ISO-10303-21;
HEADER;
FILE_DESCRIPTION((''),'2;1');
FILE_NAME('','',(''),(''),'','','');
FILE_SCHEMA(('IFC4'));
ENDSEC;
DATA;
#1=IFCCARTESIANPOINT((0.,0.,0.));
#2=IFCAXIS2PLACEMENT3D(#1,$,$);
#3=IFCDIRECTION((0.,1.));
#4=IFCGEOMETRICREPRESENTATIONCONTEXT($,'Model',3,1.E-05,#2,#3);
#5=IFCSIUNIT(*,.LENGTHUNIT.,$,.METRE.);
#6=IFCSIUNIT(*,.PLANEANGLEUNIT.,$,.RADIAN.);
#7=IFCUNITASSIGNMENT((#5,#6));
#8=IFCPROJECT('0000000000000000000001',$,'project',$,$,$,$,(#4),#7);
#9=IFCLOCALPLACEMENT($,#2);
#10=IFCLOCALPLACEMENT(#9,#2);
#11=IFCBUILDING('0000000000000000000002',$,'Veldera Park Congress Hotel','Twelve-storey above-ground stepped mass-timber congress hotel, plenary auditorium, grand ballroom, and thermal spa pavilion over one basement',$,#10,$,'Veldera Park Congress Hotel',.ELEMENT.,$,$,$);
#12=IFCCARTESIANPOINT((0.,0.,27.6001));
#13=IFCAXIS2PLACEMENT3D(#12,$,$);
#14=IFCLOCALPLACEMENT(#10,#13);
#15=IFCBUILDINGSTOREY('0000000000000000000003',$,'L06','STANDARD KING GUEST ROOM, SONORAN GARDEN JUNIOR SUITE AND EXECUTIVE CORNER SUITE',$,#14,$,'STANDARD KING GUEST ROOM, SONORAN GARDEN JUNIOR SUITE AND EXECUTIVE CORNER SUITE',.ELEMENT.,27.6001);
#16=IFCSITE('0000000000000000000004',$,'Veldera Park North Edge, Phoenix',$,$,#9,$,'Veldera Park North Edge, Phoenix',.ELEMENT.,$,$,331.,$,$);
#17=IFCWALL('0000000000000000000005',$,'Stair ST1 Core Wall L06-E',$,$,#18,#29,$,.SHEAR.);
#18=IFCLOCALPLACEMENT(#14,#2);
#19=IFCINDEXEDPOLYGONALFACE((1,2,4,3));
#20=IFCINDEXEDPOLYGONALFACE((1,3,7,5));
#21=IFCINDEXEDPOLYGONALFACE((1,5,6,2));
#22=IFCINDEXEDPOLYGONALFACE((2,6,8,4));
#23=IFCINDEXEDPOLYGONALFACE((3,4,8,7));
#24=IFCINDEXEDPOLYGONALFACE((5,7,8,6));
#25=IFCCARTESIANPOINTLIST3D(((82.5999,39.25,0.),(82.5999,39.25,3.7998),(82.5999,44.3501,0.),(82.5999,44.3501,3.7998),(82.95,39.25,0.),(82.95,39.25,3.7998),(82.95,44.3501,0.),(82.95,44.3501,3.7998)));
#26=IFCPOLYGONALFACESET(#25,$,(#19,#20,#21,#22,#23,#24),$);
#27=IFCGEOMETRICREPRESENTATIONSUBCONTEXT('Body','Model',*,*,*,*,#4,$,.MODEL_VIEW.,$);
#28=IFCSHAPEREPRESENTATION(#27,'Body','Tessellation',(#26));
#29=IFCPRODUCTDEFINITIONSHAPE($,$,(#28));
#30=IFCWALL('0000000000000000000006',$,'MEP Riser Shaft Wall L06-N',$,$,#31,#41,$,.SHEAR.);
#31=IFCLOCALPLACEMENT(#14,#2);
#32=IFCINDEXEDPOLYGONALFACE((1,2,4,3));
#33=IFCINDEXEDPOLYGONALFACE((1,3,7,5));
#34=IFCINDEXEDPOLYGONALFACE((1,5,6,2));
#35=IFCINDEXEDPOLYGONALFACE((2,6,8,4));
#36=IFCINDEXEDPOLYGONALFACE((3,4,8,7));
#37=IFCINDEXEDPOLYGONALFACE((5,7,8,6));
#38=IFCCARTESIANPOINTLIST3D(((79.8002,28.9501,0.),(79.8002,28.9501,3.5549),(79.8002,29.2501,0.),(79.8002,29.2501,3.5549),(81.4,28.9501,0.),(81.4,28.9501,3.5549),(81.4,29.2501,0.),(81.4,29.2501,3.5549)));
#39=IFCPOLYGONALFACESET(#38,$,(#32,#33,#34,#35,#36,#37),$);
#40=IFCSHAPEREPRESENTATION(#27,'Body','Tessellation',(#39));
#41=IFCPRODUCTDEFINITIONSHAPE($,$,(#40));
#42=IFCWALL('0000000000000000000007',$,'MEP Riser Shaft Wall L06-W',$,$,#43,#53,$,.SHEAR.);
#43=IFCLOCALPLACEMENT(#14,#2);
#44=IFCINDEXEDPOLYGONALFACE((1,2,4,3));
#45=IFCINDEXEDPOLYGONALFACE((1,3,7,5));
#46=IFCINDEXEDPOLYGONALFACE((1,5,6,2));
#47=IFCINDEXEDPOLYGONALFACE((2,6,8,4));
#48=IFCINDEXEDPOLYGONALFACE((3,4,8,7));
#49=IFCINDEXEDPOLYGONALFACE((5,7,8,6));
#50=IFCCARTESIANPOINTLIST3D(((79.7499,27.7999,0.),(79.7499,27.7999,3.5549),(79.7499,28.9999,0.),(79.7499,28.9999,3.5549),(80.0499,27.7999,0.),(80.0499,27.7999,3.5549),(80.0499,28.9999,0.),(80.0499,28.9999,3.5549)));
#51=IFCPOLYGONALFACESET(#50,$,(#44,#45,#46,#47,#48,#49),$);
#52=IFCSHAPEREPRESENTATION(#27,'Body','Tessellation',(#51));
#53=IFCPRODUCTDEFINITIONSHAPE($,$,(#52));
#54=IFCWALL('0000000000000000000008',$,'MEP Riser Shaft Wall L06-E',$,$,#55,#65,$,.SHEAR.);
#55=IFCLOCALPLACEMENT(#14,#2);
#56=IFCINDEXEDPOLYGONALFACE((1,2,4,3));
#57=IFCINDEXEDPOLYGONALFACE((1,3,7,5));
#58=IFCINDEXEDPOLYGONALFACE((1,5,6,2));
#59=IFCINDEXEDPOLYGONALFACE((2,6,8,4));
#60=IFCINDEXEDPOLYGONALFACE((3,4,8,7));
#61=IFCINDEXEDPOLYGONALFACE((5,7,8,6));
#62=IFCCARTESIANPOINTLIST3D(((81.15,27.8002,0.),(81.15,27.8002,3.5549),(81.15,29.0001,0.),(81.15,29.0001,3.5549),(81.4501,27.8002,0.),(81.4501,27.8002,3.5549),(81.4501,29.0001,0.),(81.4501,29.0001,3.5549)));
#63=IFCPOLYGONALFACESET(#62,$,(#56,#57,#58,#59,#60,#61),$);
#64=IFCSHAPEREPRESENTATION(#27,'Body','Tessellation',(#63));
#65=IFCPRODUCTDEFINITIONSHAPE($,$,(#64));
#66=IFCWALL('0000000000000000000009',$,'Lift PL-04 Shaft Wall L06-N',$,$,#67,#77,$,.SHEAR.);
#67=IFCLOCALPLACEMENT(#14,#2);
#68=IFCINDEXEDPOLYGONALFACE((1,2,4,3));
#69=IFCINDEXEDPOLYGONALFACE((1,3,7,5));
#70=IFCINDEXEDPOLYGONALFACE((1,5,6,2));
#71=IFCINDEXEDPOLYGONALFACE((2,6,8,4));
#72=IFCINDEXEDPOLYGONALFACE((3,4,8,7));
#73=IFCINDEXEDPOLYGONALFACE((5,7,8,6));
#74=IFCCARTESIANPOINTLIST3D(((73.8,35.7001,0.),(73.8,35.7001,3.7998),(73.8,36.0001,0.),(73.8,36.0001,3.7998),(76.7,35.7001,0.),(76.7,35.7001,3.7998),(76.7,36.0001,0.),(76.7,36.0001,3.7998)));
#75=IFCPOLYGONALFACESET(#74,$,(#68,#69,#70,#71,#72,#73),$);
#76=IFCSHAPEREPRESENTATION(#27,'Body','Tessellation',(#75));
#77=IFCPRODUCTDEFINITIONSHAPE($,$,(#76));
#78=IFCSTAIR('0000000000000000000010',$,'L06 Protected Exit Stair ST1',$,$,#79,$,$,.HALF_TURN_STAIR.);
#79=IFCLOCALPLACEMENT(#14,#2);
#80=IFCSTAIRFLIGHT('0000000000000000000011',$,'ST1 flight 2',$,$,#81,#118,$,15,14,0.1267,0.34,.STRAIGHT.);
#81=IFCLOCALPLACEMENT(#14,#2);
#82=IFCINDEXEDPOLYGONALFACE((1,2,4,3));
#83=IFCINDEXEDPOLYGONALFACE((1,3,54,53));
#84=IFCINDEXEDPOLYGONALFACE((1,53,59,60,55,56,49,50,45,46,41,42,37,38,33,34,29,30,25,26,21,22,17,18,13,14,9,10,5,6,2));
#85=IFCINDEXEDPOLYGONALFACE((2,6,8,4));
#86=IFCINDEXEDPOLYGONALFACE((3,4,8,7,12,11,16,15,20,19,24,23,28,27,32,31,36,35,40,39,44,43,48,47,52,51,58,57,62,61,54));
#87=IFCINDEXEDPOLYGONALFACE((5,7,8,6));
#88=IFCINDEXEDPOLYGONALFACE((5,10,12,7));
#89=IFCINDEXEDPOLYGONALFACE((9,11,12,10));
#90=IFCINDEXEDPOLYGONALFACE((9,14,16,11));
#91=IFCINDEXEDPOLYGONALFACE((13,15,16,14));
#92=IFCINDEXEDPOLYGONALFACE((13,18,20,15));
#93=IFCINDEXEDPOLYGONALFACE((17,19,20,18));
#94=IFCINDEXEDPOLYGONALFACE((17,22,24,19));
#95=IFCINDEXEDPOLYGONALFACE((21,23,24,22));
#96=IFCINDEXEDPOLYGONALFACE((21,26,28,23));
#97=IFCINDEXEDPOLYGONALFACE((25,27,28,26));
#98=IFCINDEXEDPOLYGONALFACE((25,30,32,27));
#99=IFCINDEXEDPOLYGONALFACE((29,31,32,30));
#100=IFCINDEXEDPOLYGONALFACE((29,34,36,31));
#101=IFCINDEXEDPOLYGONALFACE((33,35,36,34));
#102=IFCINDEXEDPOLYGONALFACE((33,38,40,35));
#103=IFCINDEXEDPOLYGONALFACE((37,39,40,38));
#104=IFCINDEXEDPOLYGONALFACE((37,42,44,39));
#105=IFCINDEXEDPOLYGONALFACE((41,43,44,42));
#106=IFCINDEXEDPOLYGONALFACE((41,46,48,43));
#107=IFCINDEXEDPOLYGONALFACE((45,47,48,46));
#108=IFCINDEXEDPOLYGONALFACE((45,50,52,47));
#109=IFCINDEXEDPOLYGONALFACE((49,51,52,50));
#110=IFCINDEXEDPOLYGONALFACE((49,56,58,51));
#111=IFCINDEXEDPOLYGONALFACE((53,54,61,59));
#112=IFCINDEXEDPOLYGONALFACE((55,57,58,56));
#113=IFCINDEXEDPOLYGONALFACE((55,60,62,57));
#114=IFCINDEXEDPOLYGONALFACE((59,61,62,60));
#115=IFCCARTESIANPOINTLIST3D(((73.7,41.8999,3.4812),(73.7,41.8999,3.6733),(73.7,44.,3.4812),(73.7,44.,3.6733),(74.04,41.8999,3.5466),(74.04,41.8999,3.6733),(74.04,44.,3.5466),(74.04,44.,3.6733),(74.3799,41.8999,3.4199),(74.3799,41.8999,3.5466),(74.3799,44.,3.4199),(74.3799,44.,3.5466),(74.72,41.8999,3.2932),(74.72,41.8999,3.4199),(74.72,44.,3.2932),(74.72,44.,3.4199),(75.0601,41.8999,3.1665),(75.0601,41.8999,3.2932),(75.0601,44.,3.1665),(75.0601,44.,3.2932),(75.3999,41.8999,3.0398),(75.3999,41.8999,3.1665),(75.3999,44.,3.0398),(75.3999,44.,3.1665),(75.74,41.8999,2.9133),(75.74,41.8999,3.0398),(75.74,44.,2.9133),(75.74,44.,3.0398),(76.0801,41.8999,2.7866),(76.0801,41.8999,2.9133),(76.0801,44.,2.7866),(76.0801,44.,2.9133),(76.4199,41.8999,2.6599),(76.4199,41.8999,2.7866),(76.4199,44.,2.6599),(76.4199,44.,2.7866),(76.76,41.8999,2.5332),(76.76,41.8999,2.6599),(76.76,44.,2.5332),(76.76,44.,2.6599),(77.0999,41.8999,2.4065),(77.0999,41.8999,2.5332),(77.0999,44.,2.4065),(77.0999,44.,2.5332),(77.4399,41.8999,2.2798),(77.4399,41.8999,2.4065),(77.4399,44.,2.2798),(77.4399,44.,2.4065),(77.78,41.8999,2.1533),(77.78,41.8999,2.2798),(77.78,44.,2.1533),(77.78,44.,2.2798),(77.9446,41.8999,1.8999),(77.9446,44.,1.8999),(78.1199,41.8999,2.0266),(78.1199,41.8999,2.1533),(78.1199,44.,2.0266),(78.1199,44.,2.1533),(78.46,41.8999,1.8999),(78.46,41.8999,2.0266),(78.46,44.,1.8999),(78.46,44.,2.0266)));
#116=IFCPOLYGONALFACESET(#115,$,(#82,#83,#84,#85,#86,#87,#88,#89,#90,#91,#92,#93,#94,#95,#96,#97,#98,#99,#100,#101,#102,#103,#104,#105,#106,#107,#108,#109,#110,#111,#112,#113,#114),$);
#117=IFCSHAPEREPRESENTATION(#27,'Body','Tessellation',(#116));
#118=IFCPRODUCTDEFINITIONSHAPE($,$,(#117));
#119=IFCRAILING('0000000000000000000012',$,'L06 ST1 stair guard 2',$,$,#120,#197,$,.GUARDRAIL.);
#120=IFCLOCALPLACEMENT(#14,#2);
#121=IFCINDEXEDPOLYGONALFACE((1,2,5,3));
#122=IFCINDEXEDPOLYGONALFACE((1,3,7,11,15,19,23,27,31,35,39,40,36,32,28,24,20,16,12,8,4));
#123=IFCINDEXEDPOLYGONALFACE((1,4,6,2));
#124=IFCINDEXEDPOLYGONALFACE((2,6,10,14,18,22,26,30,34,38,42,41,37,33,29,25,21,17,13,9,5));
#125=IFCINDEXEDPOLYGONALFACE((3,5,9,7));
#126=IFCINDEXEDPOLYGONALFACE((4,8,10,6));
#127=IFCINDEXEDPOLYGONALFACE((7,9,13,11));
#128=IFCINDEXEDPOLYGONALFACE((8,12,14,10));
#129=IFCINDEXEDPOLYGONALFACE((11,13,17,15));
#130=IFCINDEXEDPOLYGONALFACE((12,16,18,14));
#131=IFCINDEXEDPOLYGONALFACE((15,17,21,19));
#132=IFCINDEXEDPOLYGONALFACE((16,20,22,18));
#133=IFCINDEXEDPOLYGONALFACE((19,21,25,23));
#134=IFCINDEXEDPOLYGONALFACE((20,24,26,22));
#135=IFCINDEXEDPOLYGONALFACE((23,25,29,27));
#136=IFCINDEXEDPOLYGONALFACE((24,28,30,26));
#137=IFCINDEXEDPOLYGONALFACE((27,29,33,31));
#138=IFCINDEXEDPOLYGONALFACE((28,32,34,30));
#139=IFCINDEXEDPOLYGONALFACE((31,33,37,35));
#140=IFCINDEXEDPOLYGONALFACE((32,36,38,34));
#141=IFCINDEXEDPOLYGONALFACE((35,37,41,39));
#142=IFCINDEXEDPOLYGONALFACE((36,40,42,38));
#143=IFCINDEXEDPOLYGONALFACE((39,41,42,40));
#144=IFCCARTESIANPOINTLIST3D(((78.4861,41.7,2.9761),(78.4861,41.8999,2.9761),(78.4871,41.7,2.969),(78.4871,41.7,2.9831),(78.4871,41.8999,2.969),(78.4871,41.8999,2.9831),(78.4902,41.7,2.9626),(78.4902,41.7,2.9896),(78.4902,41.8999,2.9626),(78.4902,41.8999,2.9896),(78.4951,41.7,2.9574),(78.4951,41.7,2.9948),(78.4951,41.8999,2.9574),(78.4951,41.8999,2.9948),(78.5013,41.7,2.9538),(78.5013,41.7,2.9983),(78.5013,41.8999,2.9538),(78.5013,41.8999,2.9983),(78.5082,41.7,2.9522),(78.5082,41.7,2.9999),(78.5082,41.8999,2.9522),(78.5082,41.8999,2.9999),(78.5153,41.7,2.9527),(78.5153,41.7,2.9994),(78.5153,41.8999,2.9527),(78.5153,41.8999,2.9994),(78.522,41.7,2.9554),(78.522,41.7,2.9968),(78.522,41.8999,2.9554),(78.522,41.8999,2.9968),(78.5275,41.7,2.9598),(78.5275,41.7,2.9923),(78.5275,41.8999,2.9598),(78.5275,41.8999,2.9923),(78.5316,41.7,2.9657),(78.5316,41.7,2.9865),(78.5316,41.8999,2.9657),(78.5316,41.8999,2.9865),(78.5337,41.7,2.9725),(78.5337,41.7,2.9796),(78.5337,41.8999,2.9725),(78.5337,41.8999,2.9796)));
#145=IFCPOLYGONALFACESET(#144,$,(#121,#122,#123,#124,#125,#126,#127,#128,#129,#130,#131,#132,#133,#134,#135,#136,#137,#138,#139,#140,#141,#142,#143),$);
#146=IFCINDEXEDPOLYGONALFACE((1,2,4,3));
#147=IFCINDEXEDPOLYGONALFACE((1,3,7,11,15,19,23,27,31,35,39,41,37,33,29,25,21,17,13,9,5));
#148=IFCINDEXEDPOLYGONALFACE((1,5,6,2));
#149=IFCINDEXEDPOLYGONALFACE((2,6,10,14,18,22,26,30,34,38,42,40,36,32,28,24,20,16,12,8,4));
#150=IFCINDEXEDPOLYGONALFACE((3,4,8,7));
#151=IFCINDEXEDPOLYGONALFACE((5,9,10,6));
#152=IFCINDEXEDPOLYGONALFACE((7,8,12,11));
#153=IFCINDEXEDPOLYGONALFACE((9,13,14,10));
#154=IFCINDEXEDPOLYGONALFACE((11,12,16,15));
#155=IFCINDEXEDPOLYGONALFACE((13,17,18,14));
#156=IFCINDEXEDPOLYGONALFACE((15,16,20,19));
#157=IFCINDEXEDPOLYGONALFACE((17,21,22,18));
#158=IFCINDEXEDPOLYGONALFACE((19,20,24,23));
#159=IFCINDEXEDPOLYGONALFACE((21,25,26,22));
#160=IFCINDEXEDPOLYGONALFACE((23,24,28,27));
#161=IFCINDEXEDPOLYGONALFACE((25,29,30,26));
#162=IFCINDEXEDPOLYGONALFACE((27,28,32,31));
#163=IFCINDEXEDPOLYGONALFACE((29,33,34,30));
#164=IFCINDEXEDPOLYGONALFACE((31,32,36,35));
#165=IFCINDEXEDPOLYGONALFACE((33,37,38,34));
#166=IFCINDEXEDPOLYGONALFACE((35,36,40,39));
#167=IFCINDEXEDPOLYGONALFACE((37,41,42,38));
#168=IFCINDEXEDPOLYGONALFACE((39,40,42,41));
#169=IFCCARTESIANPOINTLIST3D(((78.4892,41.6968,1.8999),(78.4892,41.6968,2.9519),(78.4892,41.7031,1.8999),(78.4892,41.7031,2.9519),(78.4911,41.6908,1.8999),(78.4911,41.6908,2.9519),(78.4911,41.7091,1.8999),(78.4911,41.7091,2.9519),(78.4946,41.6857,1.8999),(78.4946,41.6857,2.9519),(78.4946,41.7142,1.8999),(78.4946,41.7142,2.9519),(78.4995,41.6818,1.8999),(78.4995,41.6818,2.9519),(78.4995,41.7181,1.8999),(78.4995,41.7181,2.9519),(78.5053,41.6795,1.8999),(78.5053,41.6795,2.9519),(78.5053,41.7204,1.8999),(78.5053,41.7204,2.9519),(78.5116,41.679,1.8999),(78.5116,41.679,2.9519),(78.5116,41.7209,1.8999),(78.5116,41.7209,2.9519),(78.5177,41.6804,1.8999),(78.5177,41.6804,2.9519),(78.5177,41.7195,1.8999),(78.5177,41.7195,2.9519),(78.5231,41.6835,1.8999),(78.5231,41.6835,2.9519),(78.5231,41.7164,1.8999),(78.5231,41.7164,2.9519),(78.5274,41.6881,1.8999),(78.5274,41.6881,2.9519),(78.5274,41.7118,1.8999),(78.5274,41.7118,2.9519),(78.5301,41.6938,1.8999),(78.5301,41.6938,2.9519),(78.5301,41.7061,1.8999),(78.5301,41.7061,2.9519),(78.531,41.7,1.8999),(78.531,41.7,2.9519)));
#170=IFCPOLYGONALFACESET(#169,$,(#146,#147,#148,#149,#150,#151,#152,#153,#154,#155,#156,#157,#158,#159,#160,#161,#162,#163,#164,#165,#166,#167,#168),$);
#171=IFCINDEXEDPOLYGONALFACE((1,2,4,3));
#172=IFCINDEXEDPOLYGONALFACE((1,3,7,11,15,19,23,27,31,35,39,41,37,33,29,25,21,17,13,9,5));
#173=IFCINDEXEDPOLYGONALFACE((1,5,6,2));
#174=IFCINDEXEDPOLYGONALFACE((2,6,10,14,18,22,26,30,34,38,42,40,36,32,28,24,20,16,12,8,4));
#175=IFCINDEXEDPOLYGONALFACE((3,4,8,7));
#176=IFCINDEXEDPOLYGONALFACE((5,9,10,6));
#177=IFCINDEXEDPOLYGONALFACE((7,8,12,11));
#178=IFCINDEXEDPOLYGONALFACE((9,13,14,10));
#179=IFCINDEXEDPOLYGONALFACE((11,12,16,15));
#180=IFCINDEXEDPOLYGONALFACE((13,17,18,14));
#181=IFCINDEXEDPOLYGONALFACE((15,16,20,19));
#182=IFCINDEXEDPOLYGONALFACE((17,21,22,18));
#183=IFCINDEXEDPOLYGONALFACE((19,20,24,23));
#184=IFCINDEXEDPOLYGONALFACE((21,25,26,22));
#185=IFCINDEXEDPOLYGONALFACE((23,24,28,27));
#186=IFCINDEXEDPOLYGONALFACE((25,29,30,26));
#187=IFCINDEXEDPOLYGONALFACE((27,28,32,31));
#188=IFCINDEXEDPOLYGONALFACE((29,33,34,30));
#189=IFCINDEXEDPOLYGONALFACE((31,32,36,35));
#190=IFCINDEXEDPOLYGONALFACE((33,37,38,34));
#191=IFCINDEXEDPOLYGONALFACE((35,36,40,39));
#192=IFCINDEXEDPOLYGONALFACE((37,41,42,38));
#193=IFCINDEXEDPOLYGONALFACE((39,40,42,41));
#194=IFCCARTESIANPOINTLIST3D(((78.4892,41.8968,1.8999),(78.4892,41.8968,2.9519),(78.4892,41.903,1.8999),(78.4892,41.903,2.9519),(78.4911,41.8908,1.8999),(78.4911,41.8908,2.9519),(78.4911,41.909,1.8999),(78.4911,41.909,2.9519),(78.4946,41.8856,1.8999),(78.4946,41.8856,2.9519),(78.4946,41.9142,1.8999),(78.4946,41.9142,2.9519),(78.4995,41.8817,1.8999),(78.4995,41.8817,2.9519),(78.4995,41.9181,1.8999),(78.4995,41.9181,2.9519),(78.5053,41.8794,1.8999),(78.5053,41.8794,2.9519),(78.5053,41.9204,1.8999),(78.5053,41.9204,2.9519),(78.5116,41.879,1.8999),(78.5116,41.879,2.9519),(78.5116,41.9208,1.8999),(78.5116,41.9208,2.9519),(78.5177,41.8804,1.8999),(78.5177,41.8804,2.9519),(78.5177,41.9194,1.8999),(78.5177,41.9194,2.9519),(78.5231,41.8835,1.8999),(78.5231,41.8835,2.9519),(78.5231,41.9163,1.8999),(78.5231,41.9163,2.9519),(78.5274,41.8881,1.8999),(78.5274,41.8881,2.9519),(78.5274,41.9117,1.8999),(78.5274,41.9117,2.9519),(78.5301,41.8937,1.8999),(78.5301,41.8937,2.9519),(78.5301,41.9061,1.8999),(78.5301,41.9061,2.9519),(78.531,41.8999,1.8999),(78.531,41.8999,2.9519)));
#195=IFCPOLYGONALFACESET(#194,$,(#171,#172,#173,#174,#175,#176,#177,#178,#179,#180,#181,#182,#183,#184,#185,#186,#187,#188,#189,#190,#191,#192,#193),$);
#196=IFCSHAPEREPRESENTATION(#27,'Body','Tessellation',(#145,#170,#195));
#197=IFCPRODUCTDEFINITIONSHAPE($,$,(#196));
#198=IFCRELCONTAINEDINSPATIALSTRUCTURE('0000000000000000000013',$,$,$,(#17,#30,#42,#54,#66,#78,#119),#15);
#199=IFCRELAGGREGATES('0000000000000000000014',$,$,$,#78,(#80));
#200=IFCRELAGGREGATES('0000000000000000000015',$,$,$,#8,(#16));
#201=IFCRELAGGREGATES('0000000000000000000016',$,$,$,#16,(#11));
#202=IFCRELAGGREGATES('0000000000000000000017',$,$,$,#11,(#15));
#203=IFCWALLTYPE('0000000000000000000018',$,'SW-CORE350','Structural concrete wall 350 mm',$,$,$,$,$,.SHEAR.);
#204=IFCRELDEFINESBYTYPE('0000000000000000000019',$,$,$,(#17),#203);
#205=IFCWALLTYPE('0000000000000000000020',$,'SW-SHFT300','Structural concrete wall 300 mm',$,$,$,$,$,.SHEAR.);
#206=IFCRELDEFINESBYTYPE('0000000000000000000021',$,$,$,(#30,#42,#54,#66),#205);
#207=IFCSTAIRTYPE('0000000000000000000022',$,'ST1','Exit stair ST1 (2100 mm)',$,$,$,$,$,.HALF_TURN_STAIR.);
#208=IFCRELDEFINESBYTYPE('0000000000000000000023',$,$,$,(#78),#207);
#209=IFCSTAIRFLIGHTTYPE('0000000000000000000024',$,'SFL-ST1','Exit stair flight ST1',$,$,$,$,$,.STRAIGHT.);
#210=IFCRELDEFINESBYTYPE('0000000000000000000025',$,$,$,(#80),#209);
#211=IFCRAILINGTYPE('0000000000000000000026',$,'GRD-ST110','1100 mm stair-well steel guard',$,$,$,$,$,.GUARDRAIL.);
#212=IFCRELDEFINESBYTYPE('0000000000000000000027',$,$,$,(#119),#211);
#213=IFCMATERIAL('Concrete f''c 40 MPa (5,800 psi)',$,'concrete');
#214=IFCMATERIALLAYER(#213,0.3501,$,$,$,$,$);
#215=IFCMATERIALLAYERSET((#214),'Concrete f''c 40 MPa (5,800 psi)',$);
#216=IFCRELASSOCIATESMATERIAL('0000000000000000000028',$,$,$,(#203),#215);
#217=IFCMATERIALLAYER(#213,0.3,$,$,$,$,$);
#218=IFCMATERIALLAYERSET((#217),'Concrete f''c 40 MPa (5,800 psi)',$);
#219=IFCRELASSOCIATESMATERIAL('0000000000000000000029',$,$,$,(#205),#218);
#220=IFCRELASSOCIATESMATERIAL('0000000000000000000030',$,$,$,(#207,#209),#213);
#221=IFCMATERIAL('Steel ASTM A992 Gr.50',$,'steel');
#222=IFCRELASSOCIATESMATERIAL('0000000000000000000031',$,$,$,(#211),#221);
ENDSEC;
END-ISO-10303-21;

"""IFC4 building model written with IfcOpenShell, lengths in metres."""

from ifc_helpers import new_model, si_unit, direction, frame, frame_2d, origin, origin_2d, place, context, subcontext, project, spatial, polyline, rectangle, circle, outline, extrude, material, layer, layer_set, type_object, element, aggregate, save


model = new_model("IFC4")

# Units and contexts
model_context = context("Model", 3, precision=1e-05, world=origin(), true_north=direction((0.0, 1.0)))
body_context = subcontext(model_context, "Body", "Model", "MODEL_VIEW")
ifc_project = project(units=[si_unit("LENGTHUNIT", "METRE"), si_unit("PLANEANGLEUNIT", "RADIAN")], contexts=[model_context])

# Site, building, storey
site_placement = place(None, origin())
site = spatial("IfcSite", under=ifc_project, at=site_placement, Name="Veldera Park North Edge, Phoenix", LongName="Veldera Park North Edge, Phoenix", CompositionType="ELEMENT", RefElevation=331.0)
building_placement = place(site_placement, origin())
building = spatial("IfcBuilding", under=site, at=building_placement, Name="Veldera Park Congress Hotel", Description="Twelve-storey above-ground stepped mass-timber congress hotel, plenary auditorium, grand ballroom, and thermal spa pavilion over one basement", LongName="Veldera Park Congress Hotel", CompositionType="ELEMENT")
storey_placement = place(building_placement, frame((0.0, 0.0, 27.6001)))
storey = spatial("IfcBuildingStorey", under=building, at=storey_placement, Name="L06", Description="STANDARD KING GUEST ROOM, SONORAN GARDEN JUNIOR SUITE AND EXECUTIVE CORNER SUITE", LongName="STANDARD KING GUEST ROOM, SONORAN GARDEN JUNIOR SUITE AND EXECUTIVE CORNER SUITE", CompositionType="ELEMENT", Elevation=27.6001)

# Walls
ifc_material_1 = material(Name="Concrete f'c 40 MPa (5,800 psi)", Category="concrete")
ifc_layer_1 = layer(ifc_material_1, 0.3501)
ifc_layer_set_1 = layer_set([ifc_layer_1], Name="Concrete f'c 40 MPa (5,800 psi)")
wall_type_1 = type_object("IfcWallType", Name="SW-CORE350", Description="Structural concrete wall 350 mm", PredefinedType="SHEAR", material=ifc_layer_set_1)
wall_1_placement = place(storey_placement, frame((82.7749, 39.25, 0.0), z_axis=(0.0, 0.0, 1.0), x_axis=(0.0, 1.0, 0.0)))
element("IfcWall", 1, at=wall_1_placement, inside=storey, type_object=wall_type_1, Name="Stair ST1 Core Wall L06-E", PredefinedType="SHEAR", context=body_context, shape_type="SweptSolid", body=[
    extrude(rectangle(XDim=5.1001, YDim=0.3501, at=frame_2d((2.55, 0.0))), origin(), (0.0, 0.0, 1.0), 3.7998),
])
ifc_layer_2 = layer(ifc_material_1, 0.3)
ifc_layer_set_2 = layer_set([ifc_layer_2], Name="Concrete f'c 40 MPa (5,800 psi)")
wall_type_2 = type_object("IfcWallType", Name="SW-SHFT300", Description="Structural concrete wall 300 mm", PredefinedType="SHEAR", material=ifc_layer_set_2)
wall_2_placement = place(storey_placement, frame((81.3999, 29.1001, 0.0), z_axis=(0.0, 0.0, 1.0), x_axis=(-1.0, 0.0, 0.0)))
element("IfcWall", 2, at=wall_2_placement, inside=storey, type_object=wall_type_2, Name="MEP Riser Shaft Wall L06-N", PredefinedType="SHEAR", context=body_context, shape_type="SweptSolid", body=[
    extrude(rectangle(XDim=1.5999, YDim=0.3, at=frame_2d((0.7998, 0.0))), origin(), (0.0, 0.0, 1.0), 3.5549),
])
for number, where, z_axis, x_axis, name in (
    (3, (79.8999, 29.0, 0.0), (0.0, 0.0, 1.0), (0.0, -1.0, 0.0), "MEP Riser Shaft Wall L06-W"),
    (4, (81.3, 27.8, 0.0), (0.0, 0.0, 1.0), (0.0, 1.0, 0.0), "MEP Riser Shaft Wall L06-E"),
):
    element("IfcWall", number, at=place(storey_placement, frame(where, z_axis=z_axis, x_axis=x_axis)), inside=storey, type_object=wall_type_2, Name=name, PredefinedType="SHEAR", context=body_context, shape_type="SweptSolid", body=[
        extrude(rectangle(XDim=1.2, YDim=0.3, at=frame_2d((0.6001, 0.0))), origin(), (0.0, 0.0, 1.0), 3.5549),
    ])
wall_3_placement = place(storey_placement, frame((76.7, 35.8501, 0.0), z_axis=(0.0, 0.0, 1.0), x_axis=(-1.0, 0.0, 0.0)))
element("IfcWall", 5, at=wall_3_placement, inside=storey, type_object=wall_type_2, Name="Lift PL-04 Shaft Wall L06-N", PredefinedType="SHEAR", context=body_context, shape_type="SweptSolid", body=[
    extrude(rectangle(XDim=2.8999, YDim=0.3, at=frame_2d((1.45, 0.0))), origin(), (0.0, 0.0, 1.0), 3.7998),
])

# Stair, stair flight
stair_type = type_object("IfcStairType", Name="ST1", Description="Exit stair ST1 (2100 mm)", PredefinedType="HALF_TURN_STAIR", material=ifc_material_1)
stair_placement = place(storey_placement, origin())
stair = element("IfcStair", 6, at=stair_placement, inside=storey, type_object=stair_type, Name="L06 Protected Exit Stair ST1", PredefinedType="HALF_TURN_STAIR")
stair_flight_type = type_object("IfcStairFlightType", Name="SFL-ST1", Description="Exit stair flight ST1", PredefinedType="STRAIGHT", material=ifc_material_1)
stair_flight_placement = place(storey_placement, frame((78.46, 42.95, 1.8999), z_axis=(0.0, 0.0, 1.0), x_axis=(-1.0, 0.0, 0.0)))
stair_flight = element("IfcStairFlight", 7, at=stair_flight_placement, type_object=stair_flight_type, Name="ST1 flight 2", NumberOfRisers=15, NumberOfTreads=14, PredefinedType="STRAIGHT", RiserHeight=0.1267, TreadLength=0.34, context=body_context, shape_type="SweptSolid", body=[
    extrude(outline(polyline([(0.0, 0.0), (0.0, 0.1267), (0.3401, 0.1267), (0.3401, 0.2534), (0.6799, 0.2534), (0.6799, 0.3799), (1.02, 0.3799), (1.02, 0.5066), (1.3601, 0.5066), (1.3601, 0.6333), (1.7, 0.6333), (1.7, 0.76), (2.04, 0.76), (2.04, 0.8867), (2.3799, 0.8867), (2.3799, 1.0134), (2.72, 1.0134), (2.72, 1.1399), (3.0601, 1.1399), (3.0601, 1.2666), (3.3999, 1.2666), (3.3999, 1.3933), (3.74, 1.3933), (3.74, 1.52), (4.0801, 1.52), (4.0801, 1.6467), (4.4199, 1.6467), (4.4199, 1.7734), (4.76, 1.7734), (4.76, 1.8999), (4.76, 1.8999), (4.76, 1.5813), (0.5154, 0.0), (0.0, 0.0)])), frame((0.0, 1.05, 0.0), z_axis=(0.0, -1.0, 0.0), x_axis=(1.0, 0.0, 0.0)), (0.0, 0.0, 1.0), 2.1001),
])
aggregate(stair, [stair_flight])

# Railing
ifc_material_2 = material(Name="Steel ASTM A992 Gr.50", Category="steel")
railing_type = type_object("IfcRailingType", Name="GRD-ST110", Description="1100 mm stair-well steel guard", PredefinedType="GUARDRAIL", material=ifc_material_2)
railing_1_placement = place(storey_placement, frame((78.51, 41.7, 1.8999)))
element("IfcRailing", 8, at=railing_1_placement, inside=storey, type_object=railing_type, Name="L06 ST1 stair guard 2", PredefinedType="GUARDRAIL", context=body_context, shape_type="SweptSolid", body=[
    extrude(circle(Radius=0.0239, at=origin_2d()), frame((0.0, 0.0, 1.0762), z_axis=(0.0, 1.0, 0.0), x_axis=(-1.0, 0.0, 0.0)), (0.0, 0.0, 1.0), 0.2),
    extrude(circle(Radius=0.021, at=origin_2d()), origin(), (0.0, 0.0, 1.0), 1.052),
    extrude(circle(Radius=0.021, at=origin_2d()), frame((0.0, 0.2, 0.0)), (0.0, 0.0, 1.0), 1.052),
])

save(model, "model.ifc")
